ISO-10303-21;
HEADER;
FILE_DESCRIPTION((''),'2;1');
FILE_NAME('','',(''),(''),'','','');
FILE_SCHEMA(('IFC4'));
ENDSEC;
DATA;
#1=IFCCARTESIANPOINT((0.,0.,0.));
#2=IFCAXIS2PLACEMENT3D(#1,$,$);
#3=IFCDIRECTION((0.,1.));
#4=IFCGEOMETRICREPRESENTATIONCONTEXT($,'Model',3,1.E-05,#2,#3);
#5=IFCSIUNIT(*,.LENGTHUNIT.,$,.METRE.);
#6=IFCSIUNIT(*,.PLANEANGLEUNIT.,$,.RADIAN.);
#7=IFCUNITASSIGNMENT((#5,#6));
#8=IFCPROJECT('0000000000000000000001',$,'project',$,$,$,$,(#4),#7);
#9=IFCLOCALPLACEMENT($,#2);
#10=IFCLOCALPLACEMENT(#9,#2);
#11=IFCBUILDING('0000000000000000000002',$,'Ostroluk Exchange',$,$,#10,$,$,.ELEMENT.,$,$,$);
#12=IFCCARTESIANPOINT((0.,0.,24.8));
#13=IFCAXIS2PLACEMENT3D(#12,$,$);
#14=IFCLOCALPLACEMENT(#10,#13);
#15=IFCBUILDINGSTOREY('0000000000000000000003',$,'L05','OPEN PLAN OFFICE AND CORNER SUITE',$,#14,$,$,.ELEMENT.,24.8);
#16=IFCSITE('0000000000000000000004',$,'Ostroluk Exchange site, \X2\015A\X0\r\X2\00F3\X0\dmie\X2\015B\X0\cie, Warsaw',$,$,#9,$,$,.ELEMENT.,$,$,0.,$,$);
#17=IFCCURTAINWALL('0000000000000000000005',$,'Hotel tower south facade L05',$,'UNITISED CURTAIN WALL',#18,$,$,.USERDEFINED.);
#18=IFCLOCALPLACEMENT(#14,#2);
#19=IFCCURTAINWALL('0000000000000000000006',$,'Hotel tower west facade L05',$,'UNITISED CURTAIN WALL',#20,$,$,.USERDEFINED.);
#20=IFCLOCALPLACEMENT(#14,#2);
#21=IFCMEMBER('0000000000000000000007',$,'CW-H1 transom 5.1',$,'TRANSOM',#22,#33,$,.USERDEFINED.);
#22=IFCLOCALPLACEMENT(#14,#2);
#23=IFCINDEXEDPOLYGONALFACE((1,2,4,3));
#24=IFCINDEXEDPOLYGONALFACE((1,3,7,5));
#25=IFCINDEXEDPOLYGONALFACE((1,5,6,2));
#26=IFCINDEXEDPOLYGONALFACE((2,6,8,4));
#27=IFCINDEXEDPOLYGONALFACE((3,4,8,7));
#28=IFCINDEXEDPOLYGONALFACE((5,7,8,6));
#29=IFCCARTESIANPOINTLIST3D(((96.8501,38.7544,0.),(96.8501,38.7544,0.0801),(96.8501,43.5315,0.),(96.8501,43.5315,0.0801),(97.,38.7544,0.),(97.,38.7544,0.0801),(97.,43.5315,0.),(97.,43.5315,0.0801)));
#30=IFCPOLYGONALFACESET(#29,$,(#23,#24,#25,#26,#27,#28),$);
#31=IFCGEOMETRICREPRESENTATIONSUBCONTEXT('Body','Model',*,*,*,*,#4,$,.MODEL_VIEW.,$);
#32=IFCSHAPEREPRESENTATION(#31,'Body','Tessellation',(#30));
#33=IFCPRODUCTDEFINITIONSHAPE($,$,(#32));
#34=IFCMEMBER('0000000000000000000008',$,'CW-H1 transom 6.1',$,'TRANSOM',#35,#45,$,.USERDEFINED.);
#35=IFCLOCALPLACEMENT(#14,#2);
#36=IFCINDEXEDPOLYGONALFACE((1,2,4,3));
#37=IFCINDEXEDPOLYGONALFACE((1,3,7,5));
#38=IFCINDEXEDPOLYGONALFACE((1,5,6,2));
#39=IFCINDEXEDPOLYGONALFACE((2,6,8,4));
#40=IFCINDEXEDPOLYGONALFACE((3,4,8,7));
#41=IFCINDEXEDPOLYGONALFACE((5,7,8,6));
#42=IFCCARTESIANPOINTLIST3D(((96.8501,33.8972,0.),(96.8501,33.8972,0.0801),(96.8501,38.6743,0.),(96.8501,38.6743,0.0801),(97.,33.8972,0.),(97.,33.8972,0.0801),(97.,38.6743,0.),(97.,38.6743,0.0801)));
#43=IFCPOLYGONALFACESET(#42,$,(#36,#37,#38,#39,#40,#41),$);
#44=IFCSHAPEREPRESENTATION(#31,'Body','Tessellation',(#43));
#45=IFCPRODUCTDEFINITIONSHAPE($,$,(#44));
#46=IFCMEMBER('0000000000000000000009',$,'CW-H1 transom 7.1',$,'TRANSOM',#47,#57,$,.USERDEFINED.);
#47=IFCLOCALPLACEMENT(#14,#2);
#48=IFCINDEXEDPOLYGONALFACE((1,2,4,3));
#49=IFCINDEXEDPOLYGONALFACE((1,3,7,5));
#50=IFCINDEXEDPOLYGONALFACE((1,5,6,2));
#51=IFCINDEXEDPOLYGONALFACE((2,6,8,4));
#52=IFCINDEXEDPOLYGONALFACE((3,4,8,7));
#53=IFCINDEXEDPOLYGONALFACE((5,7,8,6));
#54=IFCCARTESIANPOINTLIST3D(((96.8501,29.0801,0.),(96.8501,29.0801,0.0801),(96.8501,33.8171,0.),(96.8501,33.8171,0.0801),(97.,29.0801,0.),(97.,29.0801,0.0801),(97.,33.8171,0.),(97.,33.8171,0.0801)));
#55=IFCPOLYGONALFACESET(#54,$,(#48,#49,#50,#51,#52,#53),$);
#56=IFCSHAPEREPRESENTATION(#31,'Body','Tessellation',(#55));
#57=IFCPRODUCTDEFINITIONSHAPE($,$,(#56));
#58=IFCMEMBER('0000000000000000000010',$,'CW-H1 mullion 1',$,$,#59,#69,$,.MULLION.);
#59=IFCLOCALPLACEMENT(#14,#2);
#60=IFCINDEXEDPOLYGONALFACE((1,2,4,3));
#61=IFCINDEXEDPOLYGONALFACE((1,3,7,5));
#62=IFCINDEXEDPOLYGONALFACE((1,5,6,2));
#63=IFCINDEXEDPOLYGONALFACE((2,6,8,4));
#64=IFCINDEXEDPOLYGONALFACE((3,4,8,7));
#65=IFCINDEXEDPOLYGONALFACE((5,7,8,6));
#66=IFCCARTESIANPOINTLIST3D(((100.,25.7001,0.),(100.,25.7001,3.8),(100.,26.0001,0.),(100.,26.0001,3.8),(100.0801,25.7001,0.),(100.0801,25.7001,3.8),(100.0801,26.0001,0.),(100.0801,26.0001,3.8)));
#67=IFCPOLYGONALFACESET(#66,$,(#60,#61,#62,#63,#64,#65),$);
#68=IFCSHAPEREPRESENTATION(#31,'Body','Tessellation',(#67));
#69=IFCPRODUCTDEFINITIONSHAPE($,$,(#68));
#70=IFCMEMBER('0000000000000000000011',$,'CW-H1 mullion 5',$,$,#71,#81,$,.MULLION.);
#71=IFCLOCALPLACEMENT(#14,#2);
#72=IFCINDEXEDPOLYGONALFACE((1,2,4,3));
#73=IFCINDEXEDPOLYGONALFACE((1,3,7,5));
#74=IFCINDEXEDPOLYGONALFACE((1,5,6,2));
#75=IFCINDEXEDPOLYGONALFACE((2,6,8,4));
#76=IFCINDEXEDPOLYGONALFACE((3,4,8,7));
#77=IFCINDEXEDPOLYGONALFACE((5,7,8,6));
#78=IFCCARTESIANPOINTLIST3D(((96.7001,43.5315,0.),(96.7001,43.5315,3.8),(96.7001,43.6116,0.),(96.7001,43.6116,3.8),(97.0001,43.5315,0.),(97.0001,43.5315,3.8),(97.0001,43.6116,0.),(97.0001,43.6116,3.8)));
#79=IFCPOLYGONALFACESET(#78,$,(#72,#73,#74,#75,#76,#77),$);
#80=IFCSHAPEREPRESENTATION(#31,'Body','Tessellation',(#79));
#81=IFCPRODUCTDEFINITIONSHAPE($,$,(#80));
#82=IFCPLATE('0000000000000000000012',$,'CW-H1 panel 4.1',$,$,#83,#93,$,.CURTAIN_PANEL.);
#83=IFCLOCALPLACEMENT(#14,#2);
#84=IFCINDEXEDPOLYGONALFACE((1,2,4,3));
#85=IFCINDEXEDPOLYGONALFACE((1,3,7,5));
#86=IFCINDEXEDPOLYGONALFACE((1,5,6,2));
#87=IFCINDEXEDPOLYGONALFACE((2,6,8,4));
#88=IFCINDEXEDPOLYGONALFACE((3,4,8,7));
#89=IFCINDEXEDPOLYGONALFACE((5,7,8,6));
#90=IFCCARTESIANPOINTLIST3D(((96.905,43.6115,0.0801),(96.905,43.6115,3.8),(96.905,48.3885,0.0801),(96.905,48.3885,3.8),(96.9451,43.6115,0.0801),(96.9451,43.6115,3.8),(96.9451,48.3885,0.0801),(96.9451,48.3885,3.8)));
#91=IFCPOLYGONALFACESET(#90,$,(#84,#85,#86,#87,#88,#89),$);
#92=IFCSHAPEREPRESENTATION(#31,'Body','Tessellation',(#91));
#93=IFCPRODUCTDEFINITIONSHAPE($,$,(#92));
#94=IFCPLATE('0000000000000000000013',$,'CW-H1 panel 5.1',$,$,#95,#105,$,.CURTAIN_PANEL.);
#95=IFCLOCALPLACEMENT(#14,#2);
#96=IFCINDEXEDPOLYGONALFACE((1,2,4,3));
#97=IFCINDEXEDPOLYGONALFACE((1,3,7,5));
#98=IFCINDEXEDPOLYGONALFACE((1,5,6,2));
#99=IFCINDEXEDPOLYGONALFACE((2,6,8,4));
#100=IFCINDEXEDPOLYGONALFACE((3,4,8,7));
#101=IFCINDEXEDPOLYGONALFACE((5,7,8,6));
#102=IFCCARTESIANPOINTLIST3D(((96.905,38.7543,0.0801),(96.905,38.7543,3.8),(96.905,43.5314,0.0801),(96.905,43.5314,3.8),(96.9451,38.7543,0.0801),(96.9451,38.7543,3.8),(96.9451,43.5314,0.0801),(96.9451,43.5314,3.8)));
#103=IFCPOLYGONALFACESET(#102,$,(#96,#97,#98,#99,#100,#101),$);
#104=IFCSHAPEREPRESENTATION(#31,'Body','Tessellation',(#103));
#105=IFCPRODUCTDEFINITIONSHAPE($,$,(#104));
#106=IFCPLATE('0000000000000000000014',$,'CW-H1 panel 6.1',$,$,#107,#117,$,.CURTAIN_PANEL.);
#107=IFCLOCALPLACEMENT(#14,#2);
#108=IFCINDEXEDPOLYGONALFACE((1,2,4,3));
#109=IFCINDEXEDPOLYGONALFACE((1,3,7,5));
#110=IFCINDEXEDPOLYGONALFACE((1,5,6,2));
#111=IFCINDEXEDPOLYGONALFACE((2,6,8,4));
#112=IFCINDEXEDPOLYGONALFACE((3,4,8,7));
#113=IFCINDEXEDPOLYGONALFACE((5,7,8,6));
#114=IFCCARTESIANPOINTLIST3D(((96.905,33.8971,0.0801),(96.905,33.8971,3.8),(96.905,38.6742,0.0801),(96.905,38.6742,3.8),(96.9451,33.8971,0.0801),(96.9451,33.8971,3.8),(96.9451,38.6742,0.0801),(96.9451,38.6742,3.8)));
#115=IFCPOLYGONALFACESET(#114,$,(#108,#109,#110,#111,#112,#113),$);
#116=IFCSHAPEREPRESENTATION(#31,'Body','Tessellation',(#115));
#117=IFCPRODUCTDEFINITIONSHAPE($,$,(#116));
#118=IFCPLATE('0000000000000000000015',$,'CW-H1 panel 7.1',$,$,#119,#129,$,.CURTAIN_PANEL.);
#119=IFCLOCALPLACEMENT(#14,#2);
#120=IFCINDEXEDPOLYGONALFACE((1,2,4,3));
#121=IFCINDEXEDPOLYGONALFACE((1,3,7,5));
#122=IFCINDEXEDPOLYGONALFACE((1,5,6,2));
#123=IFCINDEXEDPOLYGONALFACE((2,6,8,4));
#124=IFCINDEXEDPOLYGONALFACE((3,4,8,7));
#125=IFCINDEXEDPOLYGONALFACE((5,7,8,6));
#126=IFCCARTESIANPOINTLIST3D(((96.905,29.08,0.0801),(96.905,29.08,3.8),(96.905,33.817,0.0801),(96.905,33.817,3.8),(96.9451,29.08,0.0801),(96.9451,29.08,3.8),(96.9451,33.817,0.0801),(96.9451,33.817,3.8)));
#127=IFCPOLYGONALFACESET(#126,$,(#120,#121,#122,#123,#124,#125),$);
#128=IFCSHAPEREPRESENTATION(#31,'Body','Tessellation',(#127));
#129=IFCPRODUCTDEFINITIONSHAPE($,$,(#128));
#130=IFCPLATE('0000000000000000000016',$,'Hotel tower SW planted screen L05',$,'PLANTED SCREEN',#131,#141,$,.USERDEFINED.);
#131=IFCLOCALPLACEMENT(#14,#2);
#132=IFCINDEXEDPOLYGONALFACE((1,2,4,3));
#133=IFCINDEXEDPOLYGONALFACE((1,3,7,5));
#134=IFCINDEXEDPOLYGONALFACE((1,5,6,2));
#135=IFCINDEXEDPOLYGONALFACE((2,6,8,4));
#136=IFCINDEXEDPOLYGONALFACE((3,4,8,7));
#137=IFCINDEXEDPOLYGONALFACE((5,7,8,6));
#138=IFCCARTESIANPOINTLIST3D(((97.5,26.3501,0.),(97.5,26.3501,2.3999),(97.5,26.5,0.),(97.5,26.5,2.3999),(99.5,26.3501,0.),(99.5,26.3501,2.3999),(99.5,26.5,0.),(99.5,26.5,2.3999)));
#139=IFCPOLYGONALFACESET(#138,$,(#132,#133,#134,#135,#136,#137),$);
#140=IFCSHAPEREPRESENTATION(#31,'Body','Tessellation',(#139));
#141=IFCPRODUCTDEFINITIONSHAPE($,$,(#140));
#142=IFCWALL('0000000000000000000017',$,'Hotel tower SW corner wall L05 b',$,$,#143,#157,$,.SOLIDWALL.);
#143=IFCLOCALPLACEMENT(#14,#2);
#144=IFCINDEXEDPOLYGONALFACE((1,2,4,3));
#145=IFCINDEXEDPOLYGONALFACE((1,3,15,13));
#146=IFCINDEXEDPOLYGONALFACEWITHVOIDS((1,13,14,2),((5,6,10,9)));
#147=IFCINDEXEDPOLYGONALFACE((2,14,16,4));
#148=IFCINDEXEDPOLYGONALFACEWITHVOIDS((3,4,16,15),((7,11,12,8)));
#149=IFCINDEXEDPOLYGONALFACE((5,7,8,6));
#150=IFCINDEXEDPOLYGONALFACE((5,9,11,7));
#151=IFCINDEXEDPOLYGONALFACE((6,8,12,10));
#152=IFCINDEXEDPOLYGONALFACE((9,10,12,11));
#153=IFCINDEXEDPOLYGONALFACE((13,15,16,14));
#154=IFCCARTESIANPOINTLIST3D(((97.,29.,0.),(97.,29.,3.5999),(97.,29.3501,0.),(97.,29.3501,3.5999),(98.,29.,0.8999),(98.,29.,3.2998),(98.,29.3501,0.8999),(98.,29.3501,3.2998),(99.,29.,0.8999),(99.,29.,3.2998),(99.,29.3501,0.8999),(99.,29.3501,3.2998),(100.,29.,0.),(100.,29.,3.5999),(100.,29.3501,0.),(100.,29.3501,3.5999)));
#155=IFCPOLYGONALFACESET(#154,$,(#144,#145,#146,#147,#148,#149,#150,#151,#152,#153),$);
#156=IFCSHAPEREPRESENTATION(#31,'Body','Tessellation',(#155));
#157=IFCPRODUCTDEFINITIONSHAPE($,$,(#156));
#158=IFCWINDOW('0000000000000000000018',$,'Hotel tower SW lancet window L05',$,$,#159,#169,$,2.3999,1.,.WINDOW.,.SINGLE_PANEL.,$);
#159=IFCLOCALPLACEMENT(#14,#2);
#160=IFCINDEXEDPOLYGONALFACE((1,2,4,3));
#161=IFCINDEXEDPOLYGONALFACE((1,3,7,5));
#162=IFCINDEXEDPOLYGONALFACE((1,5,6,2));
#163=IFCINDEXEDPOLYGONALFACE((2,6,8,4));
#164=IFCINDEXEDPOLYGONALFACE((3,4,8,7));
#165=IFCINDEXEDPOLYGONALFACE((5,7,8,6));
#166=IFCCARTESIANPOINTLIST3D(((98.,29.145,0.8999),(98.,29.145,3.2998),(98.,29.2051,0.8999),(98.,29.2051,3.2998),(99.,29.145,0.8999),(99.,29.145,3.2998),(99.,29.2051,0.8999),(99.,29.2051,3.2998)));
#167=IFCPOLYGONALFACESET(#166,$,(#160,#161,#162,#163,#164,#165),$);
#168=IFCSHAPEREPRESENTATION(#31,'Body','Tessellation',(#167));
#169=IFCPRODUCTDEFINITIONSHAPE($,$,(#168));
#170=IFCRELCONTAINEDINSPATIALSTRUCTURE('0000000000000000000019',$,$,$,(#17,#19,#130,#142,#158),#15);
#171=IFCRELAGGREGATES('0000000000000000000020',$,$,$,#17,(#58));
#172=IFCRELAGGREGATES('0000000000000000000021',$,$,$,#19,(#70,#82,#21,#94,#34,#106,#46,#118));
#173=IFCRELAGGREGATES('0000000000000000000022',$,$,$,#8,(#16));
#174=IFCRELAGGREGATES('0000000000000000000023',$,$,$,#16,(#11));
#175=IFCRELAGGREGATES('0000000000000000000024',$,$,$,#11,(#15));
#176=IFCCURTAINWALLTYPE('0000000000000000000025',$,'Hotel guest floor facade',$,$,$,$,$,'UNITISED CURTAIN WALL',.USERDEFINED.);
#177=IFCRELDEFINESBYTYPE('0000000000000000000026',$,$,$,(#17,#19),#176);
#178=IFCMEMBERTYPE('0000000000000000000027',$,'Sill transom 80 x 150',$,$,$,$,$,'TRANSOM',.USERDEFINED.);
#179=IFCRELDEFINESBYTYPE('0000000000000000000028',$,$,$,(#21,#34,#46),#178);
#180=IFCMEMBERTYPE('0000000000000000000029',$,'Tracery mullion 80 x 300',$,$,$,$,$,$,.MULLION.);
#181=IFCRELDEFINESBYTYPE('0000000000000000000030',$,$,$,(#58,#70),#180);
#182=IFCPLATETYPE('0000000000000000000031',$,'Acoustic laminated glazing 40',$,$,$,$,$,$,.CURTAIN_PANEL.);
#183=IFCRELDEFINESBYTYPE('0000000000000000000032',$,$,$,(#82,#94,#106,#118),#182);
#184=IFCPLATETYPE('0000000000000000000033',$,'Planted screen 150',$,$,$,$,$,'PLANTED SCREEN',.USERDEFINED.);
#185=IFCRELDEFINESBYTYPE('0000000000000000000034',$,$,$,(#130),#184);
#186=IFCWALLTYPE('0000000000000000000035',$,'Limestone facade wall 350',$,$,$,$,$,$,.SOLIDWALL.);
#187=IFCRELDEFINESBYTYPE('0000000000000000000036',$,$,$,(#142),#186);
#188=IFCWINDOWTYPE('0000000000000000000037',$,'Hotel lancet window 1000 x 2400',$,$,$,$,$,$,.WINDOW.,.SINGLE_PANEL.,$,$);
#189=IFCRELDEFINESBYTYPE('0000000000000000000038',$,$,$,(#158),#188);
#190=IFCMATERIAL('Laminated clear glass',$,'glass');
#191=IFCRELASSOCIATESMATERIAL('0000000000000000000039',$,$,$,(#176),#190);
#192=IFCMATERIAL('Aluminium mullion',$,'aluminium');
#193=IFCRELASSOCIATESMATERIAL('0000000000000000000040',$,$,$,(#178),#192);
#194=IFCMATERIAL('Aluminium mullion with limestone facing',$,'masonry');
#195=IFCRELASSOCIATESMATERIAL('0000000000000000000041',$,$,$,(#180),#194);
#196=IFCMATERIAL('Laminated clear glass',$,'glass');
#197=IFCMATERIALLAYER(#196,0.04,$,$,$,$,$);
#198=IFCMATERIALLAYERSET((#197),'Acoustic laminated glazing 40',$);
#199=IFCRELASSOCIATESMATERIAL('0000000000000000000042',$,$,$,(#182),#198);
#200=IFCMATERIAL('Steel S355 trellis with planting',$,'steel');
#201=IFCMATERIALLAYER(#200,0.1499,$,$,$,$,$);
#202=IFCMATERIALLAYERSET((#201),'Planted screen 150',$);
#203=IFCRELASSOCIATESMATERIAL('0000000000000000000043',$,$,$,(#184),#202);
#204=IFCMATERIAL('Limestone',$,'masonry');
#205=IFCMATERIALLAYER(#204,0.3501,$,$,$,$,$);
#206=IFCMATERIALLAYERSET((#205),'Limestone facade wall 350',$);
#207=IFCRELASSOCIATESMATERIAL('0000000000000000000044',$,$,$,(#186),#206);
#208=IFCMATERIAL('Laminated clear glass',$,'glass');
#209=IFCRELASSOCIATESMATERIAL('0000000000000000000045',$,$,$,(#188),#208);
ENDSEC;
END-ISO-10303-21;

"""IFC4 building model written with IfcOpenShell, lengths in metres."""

from ifc_helpers import new_model, si_unit, direction, frame, frame_2d, origin, origin_2d, place, context, subcontext, project, spatial, rectangle, extrude, material, layer, layer_set, material_profile, profile_set, type_object, element, fill, aggregate, save


model = new_model("IFC4")

# Units and contexts
model_context = context("Model", 3, precision=1e-05, world=origin(), true_north=direction((0.0, 1.0)))
body_context = subcontext(model_context, "Body", "Model", "MODEL_VIEW")
ifc_project = project(units=[si_unit("LENGTHUNIT", "METRE"), si_unit("PLANEANGLEUNIT", "RADIAN")], contexts=[model_context])

# Site, building, storey
site_placement = place(None, origin())
site = spatial("IfcSite", under=ifc_project, at=site_placement, Name="Ostroluk Exchange site, Śródmieście, Warsaw", CompositionType="ELEMENT", RefElevation=0.0)
building_placement = place(site_placement, origin())
building = spatial("IfcBuilding", under=site, at=building_placement, Name="Ostroluk Exchange", CompositionType="ELEMENT")
storey_placement = place(building_placement, frame((0.0, 0.0, 24.8)))
storey = spatial("IfcBuildingStorey", under=building, at=storey_placement, Name="L05", Description="OPEN PLAN OFFICE AND CORNER SUITE", CompositionType="ELEMENT", Elevation=24.8)

# Curtain wall
ifc_material_1 = material(Name="Laminated clear glass", Category="glass")
curtain_wall_type = type_object("IfcCurtainWallType", Name="Hotel guest floor facade", ElementType="UNITISED CURTAIN WALL", PredefinedType="USERDEFINED", material=ifc_material_1)
curtain_wall_1_placement = place(storey_placement, origin())
curtain_wall_1 = element("IfcCurtainWall", 1, at=curtain_wall_1_placement, inside=storey, type_object=curtain_wall_type, Name="Hotel tower south facade L05", ObjectType="UNITISED CURTAIN WALL", PredefinedType="USERDEFINED")
ifc_material_2 = material(Name="Aluminium mullion", Category="aluminium")
ifc_material_profile_1 = material_profile(ifc_material_2, rectangle(XDim=0.1499, YDim=0.0801, at=origin_2d()), Name="Sill transom 80 x 150")
ifc_profile_set_1 = profile_set([ifc_material_profile_1], Name="Aluminium mullion")
member_type_1 = type_object("IfcMemberType", Name="Sill transom 80 x 150", ElementType="TRANSOM", PredefinedType="USERDEFINED", material=ifc_profile_set_1)

# Curtain wall, members
curtain_wall_2_placement = place(storey_placement, origin())
curtain_wall_2 = element("IfcCurtainWall", 2, at=curtain_wall_2_placement, inside=storey, type_object=curtain_wall_type, Name="Hotel tower west facade L05", ObjectType="UNITISED CURTAIN WALL", PredefinedType="USERDEFINED")
member_1_placement = place(storey_placement, frame((96.925, 43.5315, 0.04), z_axis=(0.0, -1.0, 0.0), x_axis=(1.0, 0.0, 0.0)))
member_1 = element("IfcMember", 3, at=member_1_placement, type_object=member_type_1, Name="CW-H1 transom 5.1", ObjectType="TRANSOM", PredefinedType="USERDEFINED", context=body_context, shape_type="SweptSolid", body=[
    extrude(rectangle(XDim=0.1499, YDim=0.0801, at=origin_2d()), origin(), (0.0, 0.0, 1.0), 4.7771),
])
member_2_placement = place(storey_placement, frame((96.925, 38.6743, 0.04), z_axis=(0.0, -1.0, 0.0), x_axis=(1.0, 0.0, 0.0)))
member_2 = element("IfcMember", 4, at=member_2_placement, type_object=member_type_1, Name="CW-H1 transom 6.1", ObjectType="TRANSOM", PredefinedType="USERDEFINED", context=body_context, shape_type="SweptSolid", body=[
    extrude(rectangle(XDim=0.1499, YDim=0.0801, at=origin_2d()), origin(), (0.0, 0.0, 1.0), 4.7771),
])
member_3_placement = place(storey_placement, frame((96.925, 33.8171, 0.04), z_axis=(0.0, -1.0, 0.0), x_axis=(1.0, 0.0, 0.0)))
member_3 = element("IfcMember", 5, at=member_3_placement, type_object=member_type_1, Name="CW-H1 transom 7.1", ObjectType="TRANSOM", PredefinedType="USERDEFINED", context=body_context, shape_type="SweptSolid", body=[
    extrude(rectangle(XDim=0.1499, YDim=0.0801, at=origin_2d()), origin(), (0.0, 0.0, 1.0), 4.7371),
])

# Members
ifc_material_3 = material(Name="Aluminium mullion with limestone facing", Category="masonry")
ifc_material_profile_2 = material_profile(ifc_material_3, rectangle(XDim=0.3, YDim=0.0801, at=origin_2d()), Name="Tracery mullion 80 x 300")
ifc_profile_set_2 = profile_set([ifc_material_profile_2], Name="Aluminium mullion with limestone facing")
member_type_2 = type_object("IfcMemberType", Name="Tracery mullion 80 x 300", PredefinedType="MULLION", material=ifc_profile_set_2)
member_4_placement = place(storey_placement, frame((100.04, 25.8501, 0.0), z_axis=(0.0, 0.0, 1.0), x_axis=(0.0, 1.0, 0.0)))
member_4 = element("IfcMember", 6, at=member_4_placement, type_object=member_type_2, Name="CW-H1 mullion 1", PredefinedType="MULLION", context=body_context, shape_type="SweptSolid", body=[
    extrude(rectangle(XDim=0.3, YDim=0.0801, at=origin_2d()), origin(), (0.0, 0.0, 1.0), 3.8),
])
aggregate(curtain_wall_1, [member_4])
member_5_placement = place(storey_placement, frame((96.8501, 43.5715, 0.0), z_axis=(0.0, 0.0, 1.0), x_axis=(1.0, 0.0, 0.0)))
member_5 = element("IfcMember", 7, at=member_5_placement, type_object=member_type_2, Name="CW-H1 mullion 5", PredefinedType="MULLION", context=body_context, shape_type="SweptSolid", body=[
    extrude(rectangle(XDim=0.3, YDim=0.0801, at=origin_2d()), origin(), (0.0, 0.0, 1.0), 3.8),
])

# Plates
ifc_material_4 = material(Name="Laminated clear glass", Category="glass")
ifc_layer_1 = layer(ifc_material_4, 0.04)
ifc_layer_set_1 = layer_set([ifc_layer_1], Name="Acoustic laminated glazing 40")
plate_type_1 = type_object("IfcPlateType", Name="Acoustic laminated glazing 40", PredefinedType="CURTAIN_PANEL", material=ifc_layer_set_1)
plate_1_placement = place(storey_placement, frame((96.925, 46.0, 0.0801), z_axis=(0.0, 0.0, 1.0), x_axis=(0.0, -1.0, 0.0)))
plate_1 = element("IfcPlate", 8, at=plate_1_placement, type_object=plate_type_1, Name="CW-H1 panel 4.1", PredefinedType="CURTAIN_PANEL", context=body_context, shape_type="SweptSolid", body=[
    extrude(rectangle(XDim=4.7771, YDim=0.04, at=origin_2d()), origin(), (0.0, 0.0, 1.0), 3.72),
])
plate_2_placement = place(storey_placement, frame((96.925, 41.1428, 0.0801), z_axis=(0.0, 0.0, 1.0), x_axis=(0.0, -1.0, 0.0)))
plate_2 = element("IfcPlate", 9, at=plate_2_placement, type_object=plate_type_1, Name="CW-H1 panel 5.1", PredefinedType="CURTAIN_PANEL", context=body_context, shape_type="SweptSolid", body=[
    extrude(rectangle(XDim=4.7771, YDim=0.04, at=origin_2d()), origin(), (0.0, 0.0, 1.0), 3.72),
])
plate_3_placement = place(storey_placement, frame((96.925, 36.2856, 0.0801), z_axis=(0.0, 0.0, 1.0), x_axis=(0.0, -1.0, 0.0)))
plate_3 = element("IfcPlate", 10, at=plate_3_placement, type_object=plate_type_1, Name="CW-H1 panel 6.1", PredefinedType="CURTAIN_PANEL", context=body_context, shape_type="SweptSolid", body=[
    extrude(rectangle(XDim=4.7771, YDim=0.04, at=origin_2d()), origin(), (0.0, 0.0, 1.0), 3.72),
])
plate_4_placement = place(storey_placement, frame((96.925, 31.4485, 0.0801), z_axis=(0.0, 0.0, 1.0), x_axis=(0.0, -1.0, 0.0)))
plate_4 = element("IfcPlate", 11, at=plate_4_placement, type_object=plate_type_1, Name="CW-H1 panel 7.1", PredefinedType="CURTAIN_PANEL", context=body_context, shape_type="SweptSolid", body=[
    extrude(rectangle(XDim=4.7371, YDim=0.04, at=origin_2d()), origin(), (0.0, 0.0, 1.0), 3.72),
])
aggregate(curtain_wall_2, [member_5, plate_1, member_1, plate_2, member_2, plate_3, member_3, plate_4])
ifc_material_5 = material(Name="Steel S355 trellis with planting", Category="steel")
ifc_layer_2 = layer(ifc_material_5, 0.1499)
ifc_layer_set_2 = layer_set([ifc_layer_2], Name="Planted screen 150")
plate_type_2 = type_object("IfcPlateType", Name="Planted screen 150", ElementType="PLANTED SCREEN", PredefinedType="USERDEFINED", material=ifc_layer_set_2)
plate_5_placement = place(storey_placement, frame((98.5, 26.425, 0.0), z_axis=(0.0, 0.0, 1.0), x_axis=(1.0, 0.0, 0.0)))
element("IfcPlate", 12, at=plate_5_placement, inside=storey, type_object=plate_type_2, Name="Hotel tower SW planted screen L05", ObjectType="PLANTED SCREEN", PredefinedType="USERDEFINED", context=body_context, shape_type="SweptSolid", body=[
    extrude(rectangle(XDim=2.0, YDim=0.1499, at=origin_2d()), origin(), (0.0, 0.0, 1.0), 2.3999),
])

# Shared definitions
ifc_material_6 = material(Name="Limestone", Category="masonry")
ifc_layer_3 = layer(ifc_material_6, 0.3501)
ifc_layer_set_3 = layer_set([ifc_layer_3], Name="Limestone facade wall 350")
wall_type = type_object("IfcWallType", Name="Limestone facade wall 350", PredefinedType="SOLIDWALL", material=ifc_layer_set_3)

# Wall, opening, window
wall_1_placement = place(storey_placement, frame((100.0, 29.175, 0.0), z_axis=(0.0, 0.0, 1.0), x_axis=(-1.0, 0.0, 0.0)))
wall_1 = element("IfcWall", 13, at=wall_1_placement, inside=storey, type_object=wall_type, Name="Hotel tower SW corner wall L05 b", PredefinedType="SOLIDWALL", context=body_context, shape_type="SweptSolid", body=[
    extrude(rectangle(XDim=3.0, YDim=0.3501, at=frame_2d((1.5, 0.0))), origin(), (0.0, 0.0, 1.0), 3.5999),
])
opening_1_placement = place(wall_1_placement, frame((1.0, 0.0, 0.8999)))
opening_1 = element("IfcOpeningElement", 14, at=opening_1_placement, cuts=wall_1, PredefinedType="OPENING", context=body_context, shape_type="SweptSolid", body=[
    extrude(rectangle(XDim=1.0, YDim=2.3999, at=frame_2d((0.5, 1.2))), frame((0.0, 0.1851, 0.0), z_axis=(0.0, -1.0, 0.0), x_axis=(1.0, 0.0, 0.0)), (0.0, 0.0, 1.0), 0.3701),
])
ifc_material_7 = material(Name="Laminated clear glass", Category="glass")
window_type = type_object("IfcWindowType", Name="Hotel lancet window 1000 x 2400", PartitioningType="SINGLE_PANEL", PredefinedType="WINDOW", material=ifc_material_7)
window_placement = place(opening_1_placement, origin())
window = element("IfcWindow", 15, at=window_placement, inside=storey, type_object=window_type, Name="Hotel tower SW lancet window L05", OverallHeight=2.3999, OverallWidth=1.0, PartitioningType="SINGLE_PANEL", PredefinedType="WINDOW", context=body_context, shape_type="SweptSolid", body=[
    extrude(rectangle(XDim=1.0, YDim=2.3999, at=frame_2d((0.5, 1.2))), frame((0.0, 0.03, 0.0), z_axis=(0.0, -1.0, 0.0), x_axis=(1.0, 0.0, 0.0)), (0.0, 0.0, 1.0), 0.0601),
])
fill(opening_1, window)

save(model, "model.ifc")
